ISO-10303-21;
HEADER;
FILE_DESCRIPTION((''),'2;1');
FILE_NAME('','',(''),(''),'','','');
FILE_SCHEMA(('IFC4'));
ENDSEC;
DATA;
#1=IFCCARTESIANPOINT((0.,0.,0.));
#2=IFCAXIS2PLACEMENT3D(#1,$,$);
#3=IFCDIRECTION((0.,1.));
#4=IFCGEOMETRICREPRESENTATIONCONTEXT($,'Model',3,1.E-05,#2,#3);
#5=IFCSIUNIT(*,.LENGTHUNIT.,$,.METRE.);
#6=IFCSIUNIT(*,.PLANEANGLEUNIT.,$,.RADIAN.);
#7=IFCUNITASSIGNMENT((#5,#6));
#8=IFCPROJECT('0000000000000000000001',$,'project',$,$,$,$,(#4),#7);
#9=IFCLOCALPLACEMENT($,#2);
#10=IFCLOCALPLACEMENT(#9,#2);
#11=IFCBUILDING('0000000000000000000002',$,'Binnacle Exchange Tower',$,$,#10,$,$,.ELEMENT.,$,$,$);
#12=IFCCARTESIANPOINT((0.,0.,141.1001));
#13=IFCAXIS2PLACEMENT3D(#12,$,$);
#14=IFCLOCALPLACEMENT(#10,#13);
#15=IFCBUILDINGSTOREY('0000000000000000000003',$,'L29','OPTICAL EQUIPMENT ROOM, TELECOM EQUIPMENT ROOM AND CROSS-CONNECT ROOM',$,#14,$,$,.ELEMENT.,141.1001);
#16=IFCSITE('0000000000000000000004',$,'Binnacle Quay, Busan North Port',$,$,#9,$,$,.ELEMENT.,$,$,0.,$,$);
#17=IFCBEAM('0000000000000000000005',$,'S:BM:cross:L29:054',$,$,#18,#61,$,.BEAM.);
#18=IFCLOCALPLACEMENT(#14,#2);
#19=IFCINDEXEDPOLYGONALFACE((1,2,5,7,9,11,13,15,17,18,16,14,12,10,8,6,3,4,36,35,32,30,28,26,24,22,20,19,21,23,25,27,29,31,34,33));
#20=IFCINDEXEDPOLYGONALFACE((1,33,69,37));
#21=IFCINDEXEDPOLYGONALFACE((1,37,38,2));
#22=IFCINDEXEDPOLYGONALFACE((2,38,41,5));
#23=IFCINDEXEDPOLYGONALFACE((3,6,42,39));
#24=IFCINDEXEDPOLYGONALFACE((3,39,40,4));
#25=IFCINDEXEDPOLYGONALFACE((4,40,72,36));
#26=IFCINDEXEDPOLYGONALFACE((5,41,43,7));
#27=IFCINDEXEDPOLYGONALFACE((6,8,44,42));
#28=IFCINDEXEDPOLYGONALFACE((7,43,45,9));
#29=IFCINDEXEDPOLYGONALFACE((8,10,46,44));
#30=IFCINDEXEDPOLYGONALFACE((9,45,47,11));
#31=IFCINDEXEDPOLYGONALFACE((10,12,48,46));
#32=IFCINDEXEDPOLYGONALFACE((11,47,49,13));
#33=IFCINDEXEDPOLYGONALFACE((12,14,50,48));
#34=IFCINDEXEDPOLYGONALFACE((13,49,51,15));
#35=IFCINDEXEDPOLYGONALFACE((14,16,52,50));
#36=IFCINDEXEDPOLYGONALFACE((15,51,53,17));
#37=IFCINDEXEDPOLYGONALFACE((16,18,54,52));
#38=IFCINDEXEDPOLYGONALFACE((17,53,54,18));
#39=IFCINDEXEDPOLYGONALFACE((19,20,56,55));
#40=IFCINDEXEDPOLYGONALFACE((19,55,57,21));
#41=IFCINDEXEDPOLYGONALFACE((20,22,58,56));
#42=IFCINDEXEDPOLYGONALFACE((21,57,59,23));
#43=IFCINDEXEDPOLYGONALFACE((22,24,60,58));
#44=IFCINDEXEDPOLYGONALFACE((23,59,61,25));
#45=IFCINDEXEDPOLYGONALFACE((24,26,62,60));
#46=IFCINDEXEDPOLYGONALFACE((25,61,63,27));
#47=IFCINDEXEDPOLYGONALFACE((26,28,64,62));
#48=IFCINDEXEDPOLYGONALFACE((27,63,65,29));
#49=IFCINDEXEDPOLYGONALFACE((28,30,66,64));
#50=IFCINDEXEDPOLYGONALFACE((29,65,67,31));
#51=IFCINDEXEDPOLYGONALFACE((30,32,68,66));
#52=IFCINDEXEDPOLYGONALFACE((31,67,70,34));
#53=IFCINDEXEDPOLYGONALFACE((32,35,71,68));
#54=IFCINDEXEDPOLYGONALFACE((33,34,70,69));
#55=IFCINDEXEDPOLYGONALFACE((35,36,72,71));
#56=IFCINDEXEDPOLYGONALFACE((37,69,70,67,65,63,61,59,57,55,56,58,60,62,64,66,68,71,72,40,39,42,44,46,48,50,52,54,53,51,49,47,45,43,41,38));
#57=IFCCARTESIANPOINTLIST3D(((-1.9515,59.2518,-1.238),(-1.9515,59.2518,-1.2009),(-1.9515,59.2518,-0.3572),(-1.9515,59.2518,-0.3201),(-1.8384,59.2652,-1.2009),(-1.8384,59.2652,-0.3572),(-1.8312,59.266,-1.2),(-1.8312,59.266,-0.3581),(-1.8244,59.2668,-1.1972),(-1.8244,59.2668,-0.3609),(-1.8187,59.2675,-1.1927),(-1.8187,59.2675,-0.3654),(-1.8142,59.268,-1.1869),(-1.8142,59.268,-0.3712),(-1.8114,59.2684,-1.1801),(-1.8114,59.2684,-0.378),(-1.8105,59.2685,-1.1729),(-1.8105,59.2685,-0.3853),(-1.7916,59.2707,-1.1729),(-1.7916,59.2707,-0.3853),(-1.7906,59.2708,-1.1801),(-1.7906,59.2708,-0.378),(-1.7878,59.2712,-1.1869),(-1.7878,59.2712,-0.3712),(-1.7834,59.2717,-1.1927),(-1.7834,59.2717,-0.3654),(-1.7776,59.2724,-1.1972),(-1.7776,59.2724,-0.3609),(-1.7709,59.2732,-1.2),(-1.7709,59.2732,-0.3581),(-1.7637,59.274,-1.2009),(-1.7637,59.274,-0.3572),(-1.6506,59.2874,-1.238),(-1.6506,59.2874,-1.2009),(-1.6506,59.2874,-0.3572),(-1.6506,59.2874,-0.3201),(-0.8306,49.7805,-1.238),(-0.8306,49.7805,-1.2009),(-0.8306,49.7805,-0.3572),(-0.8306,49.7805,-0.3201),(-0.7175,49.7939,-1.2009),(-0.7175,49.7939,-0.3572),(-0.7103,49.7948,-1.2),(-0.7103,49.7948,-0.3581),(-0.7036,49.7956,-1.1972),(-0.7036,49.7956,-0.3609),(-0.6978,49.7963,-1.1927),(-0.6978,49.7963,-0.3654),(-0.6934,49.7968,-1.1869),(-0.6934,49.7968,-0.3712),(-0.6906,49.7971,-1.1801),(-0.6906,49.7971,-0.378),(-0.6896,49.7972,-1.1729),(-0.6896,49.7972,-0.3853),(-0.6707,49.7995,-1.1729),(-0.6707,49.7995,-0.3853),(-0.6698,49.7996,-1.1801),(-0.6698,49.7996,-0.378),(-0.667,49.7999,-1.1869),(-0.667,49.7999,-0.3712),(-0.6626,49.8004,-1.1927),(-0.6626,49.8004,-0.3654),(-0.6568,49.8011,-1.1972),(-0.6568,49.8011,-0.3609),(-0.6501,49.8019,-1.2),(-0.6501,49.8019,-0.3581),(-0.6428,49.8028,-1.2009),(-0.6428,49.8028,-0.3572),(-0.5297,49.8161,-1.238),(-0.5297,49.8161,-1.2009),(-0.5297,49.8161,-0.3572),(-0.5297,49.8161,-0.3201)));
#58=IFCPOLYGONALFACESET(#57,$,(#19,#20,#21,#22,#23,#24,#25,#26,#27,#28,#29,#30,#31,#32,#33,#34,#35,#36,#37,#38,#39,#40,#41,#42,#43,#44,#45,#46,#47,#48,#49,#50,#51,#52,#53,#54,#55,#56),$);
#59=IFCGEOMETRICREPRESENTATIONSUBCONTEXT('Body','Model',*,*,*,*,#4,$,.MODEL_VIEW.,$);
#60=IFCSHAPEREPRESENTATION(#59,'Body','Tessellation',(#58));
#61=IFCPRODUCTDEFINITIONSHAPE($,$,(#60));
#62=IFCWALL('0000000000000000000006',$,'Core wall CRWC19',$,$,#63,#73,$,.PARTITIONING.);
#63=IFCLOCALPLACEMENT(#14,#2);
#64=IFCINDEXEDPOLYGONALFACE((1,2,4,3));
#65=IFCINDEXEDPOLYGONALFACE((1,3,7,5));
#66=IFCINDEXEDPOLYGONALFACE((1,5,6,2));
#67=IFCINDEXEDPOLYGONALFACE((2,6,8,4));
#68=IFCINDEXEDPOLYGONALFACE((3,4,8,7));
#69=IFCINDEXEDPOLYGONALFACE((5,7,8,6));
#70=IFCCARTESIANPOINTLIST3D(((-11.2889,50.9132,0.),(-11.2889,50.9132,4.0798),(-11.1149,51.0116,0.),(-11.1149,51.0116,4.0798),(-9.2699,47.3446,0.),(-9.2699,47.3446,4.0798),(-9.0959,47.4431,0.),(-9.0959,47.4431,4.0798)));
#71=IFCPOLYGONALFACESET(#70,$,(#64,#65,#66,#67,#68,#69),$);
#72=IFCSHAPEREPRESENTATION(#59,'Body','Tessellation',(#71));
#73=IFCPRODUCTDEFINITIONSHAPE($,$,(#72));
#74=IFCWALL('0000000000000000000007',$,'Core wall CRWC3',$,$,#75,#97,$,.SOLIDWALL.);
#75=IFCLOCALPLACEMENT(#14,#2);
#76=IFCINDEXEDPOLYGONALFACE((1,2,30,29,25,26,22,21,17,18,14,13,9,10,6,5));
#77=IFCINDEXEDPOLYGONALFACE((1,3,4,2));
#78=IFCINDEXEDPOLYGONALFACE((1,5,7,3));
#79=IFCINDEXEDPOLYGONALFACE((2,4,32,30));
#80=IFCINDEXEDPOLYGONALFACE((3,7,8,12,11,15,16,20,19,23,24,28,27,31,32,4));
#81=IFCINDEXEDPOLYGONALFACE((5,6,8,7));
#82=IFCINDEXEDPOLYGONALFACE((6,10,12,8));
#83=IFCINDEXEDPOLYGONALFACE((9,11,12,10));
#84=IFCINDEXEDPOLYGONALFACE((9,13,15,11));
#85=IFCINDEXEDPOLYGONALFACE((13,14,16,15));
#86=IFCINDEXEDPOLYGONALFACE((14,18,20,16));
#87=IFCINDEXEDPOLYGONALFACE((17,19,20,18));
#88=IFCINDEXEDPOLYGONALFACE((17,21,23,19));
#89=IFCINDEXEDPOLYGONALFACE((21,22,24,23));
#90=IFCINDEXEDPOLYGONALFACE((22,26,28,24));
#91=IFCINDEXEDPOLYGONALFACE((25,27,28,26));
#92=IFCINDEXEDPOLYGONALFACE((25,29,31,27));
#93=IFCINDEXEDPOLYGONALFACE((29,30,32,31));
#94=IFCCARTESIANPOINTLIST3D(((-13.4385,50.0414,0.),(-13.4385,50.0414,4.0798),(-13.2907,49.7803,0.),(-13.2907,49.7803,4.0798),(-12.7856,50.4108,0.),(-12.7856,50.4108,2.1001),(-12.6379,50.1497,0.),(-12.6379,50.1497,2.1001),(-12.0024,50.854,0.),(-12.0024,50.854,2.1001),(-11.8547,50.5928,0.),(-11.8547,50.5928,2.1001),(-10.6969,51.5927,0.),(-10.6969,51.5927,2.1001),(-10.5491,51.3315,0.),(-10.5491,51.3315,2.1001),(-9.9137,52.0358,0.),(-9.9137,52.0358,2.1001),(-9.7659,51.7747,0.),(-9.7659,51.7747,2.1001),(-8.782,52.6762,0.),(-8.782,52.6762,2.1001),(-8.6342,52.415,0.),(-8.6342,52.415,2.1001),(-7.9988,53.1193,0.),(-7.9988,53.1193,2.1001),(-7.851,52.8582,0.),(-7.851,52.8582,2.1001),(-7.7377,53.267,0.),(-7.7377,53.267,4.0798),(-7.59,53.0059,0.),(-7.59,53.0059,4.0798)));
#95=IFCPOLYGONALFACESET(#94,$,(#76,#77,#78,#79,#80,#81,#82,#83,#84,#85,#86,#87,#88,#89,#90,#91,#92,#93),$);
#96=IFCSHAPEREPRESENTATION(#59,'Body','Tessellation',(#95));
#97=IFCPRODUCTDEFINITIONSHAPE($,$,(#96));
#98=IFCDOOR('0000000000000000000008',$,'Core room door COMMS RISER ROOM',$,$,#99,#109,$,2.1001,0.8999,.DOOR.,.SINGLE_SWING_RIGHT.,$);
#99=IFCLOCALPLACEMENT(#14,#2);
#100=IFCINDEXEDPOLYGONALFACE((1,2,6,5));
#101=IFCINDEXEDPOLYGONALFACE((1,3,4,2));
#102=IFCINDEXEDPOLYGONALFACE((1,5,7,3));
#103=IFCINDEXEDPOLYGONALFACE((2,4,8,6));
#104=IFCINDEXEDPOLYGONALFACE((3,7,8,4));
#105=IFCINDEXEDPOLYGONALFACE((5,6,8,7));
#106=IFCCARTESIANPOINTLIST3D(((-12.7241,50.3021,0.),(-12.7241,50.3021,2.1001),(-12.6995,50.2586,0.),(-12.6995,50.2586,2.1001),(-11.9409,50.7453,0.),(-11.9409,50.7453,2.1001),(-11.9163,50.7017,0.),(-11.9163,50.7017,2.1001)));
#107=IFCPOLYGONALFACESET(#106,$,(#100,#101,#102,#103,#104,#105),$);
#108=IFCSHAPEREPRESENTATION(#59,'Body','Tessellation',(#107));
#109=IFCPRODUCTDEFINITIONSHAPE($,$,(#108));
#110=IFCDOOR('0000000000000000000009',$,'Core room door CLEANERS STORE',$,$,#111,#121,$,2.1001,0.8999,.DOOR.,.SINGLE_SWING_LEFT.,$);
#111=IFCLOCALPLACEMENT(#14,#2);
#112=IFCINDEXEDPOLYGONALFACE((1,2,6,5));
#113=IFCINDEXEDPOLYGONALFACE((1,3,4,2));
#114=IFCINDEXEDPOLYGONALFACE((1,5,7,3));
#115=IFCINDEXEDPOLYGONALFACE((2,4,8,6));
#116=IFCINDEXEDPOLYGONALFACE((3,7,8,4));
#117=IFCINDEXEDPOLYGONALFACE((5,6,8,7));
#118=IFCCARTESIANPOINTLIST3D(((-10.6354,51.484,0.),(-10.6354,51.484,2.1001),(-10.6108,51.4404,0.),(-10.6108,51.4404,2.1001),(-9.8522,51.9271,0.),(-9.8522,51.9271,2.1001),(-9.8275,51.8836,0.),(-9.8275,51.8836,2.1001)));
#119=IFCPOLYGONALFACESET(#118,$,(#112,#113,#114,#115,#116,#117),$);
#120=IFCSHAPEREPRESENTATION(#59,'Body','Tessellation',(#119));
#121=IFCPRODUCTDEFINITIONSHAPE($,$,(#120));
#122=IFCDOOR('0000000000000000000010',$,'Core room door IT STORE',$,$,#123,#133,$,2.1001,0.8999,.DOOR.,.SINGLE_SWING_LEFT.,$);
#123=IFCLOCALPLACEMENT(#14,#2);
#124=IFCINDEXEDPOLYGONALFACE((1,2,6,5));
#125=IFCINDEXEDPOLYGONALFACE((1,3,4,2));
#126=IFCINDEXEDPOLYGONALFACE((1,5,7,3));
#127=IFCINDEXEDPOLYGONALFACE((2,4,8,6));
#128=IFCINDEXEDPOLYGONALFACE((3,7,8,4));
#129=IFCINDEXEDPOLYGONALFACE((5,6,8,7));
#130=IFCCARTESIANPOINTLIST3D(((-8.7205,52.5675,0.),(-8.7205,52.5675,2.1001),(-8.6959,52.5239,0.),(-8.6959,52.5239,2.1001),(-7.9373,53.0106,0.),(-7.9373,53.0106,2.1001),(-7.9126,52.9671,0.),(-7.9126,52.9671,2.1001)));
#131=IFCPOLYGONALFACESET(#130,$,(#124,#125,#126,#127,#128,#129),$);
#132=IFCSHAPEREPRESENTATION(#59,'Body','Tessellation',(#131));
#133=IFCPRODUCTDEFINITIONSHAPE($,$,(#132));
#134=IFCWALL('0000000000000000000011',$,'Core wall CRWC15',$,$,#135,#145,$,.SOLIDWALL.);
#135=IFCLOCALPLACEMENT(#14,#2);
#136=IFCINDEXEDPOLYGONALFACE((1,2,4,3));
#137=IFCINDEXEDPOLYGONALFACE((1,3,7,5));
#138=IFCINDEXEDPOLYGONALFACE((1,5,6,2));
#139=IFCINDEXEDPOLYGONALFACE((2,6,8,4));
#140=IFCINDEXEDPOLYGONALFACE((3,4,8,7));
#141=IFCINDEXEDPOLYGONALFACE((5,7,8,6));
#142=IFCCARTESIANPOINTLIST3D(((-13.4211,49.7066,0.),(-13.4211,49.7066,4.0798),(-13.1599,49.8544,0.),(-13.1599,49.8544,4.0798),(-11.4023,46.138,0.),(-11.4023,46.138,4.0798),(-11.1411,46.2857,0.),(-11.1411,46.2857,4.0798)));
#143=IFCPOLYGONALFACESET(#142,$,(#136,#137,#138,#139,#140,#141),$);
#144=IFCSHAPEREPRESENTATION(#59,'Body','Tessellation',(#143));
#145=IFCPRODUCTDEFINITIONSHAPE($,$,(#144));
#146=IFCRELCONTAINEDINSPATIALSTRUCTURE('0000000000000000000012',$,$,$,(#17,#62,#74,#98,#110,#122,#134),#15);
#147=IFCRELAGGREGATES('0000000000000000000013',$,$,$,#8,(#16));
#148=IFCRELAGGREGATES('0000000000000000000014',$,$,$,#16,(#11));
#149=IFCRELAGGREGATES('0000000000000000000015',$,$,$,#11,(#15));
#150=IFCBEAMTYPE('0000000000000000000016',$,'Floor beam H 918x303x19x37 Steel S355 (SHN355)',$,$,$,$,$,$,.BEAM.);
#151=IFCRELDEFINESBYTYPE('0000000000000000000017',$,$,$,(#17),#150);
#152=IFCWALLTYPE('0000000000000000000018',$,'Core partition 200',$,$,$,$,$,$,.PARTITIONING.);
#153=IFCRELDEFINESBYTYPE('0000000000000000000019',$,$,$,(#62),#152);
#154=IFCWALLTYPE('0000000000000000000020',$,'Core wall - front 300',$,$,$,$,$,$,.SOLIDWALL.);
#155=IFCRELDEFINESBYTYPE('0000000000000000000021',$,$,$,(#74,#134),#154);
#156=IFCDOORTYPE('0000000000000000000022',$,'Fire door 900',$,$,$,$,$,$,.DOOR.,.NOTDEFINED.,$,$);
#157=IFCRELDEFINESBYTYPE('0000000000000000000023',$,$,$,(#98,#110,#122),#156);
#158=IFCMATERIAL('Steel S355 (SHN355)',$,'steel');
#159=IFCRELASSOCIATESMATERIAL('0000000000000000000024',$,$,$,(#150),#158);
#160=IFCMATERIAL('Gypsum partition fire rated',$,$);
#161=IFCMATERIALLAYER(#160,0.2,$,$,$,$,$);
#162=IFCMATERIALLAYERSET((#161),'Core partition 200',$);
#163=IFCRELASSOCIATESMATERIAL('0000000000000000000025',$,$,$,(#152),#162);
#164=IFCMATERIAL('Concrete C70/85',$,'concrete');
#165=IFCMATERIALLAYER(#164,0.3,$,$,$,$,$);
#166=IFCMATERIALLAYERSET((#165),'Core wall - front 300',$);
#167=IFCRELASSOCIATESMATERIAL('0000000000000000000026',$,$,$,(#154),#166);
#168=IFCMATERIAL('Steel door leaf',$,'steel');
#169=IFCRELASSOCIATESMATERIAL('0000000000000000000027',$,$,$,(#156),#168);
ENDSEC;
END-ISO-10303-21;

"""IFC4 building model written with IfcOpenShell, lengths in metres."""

from ifc_helpers import new_model, si_unit, direction, frame, frame_2d, origin, origin_2d, place, context, subcontext, project, spatial, rectangle, i_section, extrude, material, layer, layer_set, material_profile, profile_set, type_object, element, fill, save


model = new_model("IFC4")

# Units and contexts
model_context = context("Model", 3, precision=1e-05, world=origin(), true_north=direction((0.0, 1.0)))
body_context = subcontext(model_context, "Body", "Model", "MODEL_VIEW")
ifc_project = project(units=[si_unit("LENGTHUNIT", "METRE"), si_unit("PLANEANGLEUNIT", "RADIAN")], contexts=[model_context])

# Site, building, storey
site_placement = place(None, origin())
site = spatial("IfcSite", under=ifc_project, at=site_placement, Name="Binnacle Quay, Busan North Port", CompositionType="ELEMENT", RefElevation=0.0)
building_placement = place(site_placement, origin())
building = spatial("IfcBuilding", under=site, at=building_placement, Name="Binnacle Exchange Tower", CompositionType="ELEMENT")
storey_placement = place(building_placement, frame((0.0, 0.0, 141.1001)))
storey = spatial("IfcBuildingStorey", under=building, at=storey_placement, Name="L29", Description="OPTICAL EQUIPMENT ROOM, TELECOM EQUIPMENT ROOM AND CROSS-CONNECT ROOM", CompositionType="ELEMENT", Elevation=141.1001)

# Shared definitions
ifc_material_1 = material(Name="Concrete C70/85", Category="concrete")

# Beam
ifc_material_2 = material(Name="Steel S355 (SHN355)", Category="steel")
ifc_material_profile_1 = material_profile(ifc_material_2, i_section(OverallWidth=0.303, OverallDepth=0.918, WebThickness=0.019, FlangeThickness=0.0371, FilletRadius=0.0281, at=origin_2d()), Name="H 918x303x19x37")
ifc_profile_set_1 = profile_set([ifc_material_profile_1], Name="Steel S355 (SHN355)")
beam_type_1 = type_object("IfcBeamType", Name="Floor beam H 918x303x19x37 Steel S355 (SHN355)", PredefinedType="BEAM", material=ifc_profile_set_1)
beam_1_placement = place(storey_placement, frame((-0.6802, 49.7983, -0.7791), z_axis=(-0.117523, 0.99307, 0.0), x_axis=(-0.99307, -0.117523, 0.0)))
element("IfcBeam", 1, at=beam_1_placement, inside=storey, type_object=beam_type_1, Name="S:BM:cross:L29:054", PredefinedType="BEAM", context=body_context, shape_type="SweptSolid", body=[
    extrude(i_section(OverallWidth=0.303, OverallDepth=0.918, WebThickness=0.019, FlangeThickness=0.0371, FilletRadius=0.0281, at=origin_2d()), origin(), (0.0, 0.0, 1.0), 9.5374),
])

# Wall
ifc_material_3 = material(Name="Gypsum partition fire rated")
ifc_layer_1 = layer(ifc_material_3, 0.2)
ifc_layer_set_1 = layer_set([ifc_layer_1], Name="Core partition 200")
wall_type_1 = type_object("IfcWallType", Name="Core partition 200", PredefinedType="PARTITIONING", material=ifc_layer_set_1)
wall_1_placement = place(storey_placement, frame((-11.2019, 50.9624, 0.0), z_axis=(0.0, 0.0, 1.0), x_axis=(0.492428, -0.870353, 0.0)))
element("IfcWall", 2, at=wall_1_placement, inside=storey, type_object=wall_type_1, Name="Core wall CRWC19", PredefinedType="PARTITIONING", context=body_context, shape_type="SweptSolid", body=[
    extrude(rectangle(XDim=4.1001, YDim=0.2, at=frame_2d((2.05, 0.0))), origin(), (0.0, 0.0, 1.0), 4.0798),
])

# Wall, openings, doors
ifc_layer_2 = layer(ifc_material_1, 0.3)
ifc_layer_set_2 = layer_set([ifc_layer_2], Name="Core wall - front 300")
wall_type_2 = type_object("IfcWallType", Name="Core wall - front 300", PredefinedType="SOLIDWALL", material=ifc_layer_set_2)
wall_2_placement = place(storey_placement, frame((-13.3645, 49.9109, 0.0), z_axis=(0.0, 0.0, 1.0), x_axis=(0.870336, 0.492458, 0.0)))
wall_2 = element("IfcWall", 3, at=wall_2_placement, inside=storey, type_object=wall_type_2, Name="Core wall CRWC3", PredefinedType="SOLIDWALL", context=body_context, shape_type="SweptSolid", body=[
    extrude(rectangle(XDim=6.55, YDim=0.3, at=frame_2d((3.2749, 0.0))), origin(), (0.0, 0.0, 1.0), 4.0798),
])
opening_1_placement = place(wall_2_placement, frame((0.75, 0.0, 0.0)))
opening_1 = element("IfcOpeningElement", 4, at=opening_1_placement, cuts=wall_2, PredefinedType="OPENING", context=body_context, shape_type="SweptSolid", body=[
    extrude(rectangle(XDim=0.8999, YDim=2.1001, at=frame_2d((0.45, 1.05))), frame((0.0, 0.1599, 0.0), z_axis=(0.0, -1.0, 0.0), x_axis=(1.0, 0.0, 0.0)), (0.0, 0.0, 1.0), 0.3201),
])
opening_2_placement = place(wall_2_placement, frame((3.1499, 0.0, 0.0)))
opening_2 = element("IfcOpeningElement", 5, at=opening_2_placement, cuts=wall_2, PredefinedType="OPENING", context=body_context, shape_type="SweptSolid", body=[
    extrude(rectangle(XDim=0.8999, YDim=2.1001, at=frame_2d((0.45, 1.05))), frame((0.0, 0.1599, 0.0), z_axis=(0.0, -1.0, 0.0), x_axis=(1.0, 0.0, 0.0)), (0.0, 0.0, 1.0), 0.3201),
])
opening_3_placement = place(wall_2_placement, frame((5.3501, 0.0, 0.0)))
opening_3 = element("IfcOpeningElement", 6, at=opening_3_placement, cuts=wall_2, PredefinedType="OPENING", context=body_context, shape_type="SweptSolid", body=[
    extrude(rectangle(XDim=0.8999, YDim=2.1001, at=frame_2d((0.45, 1.05))), frame((0.0, 0.1599, 0.0), z_axis=(0.0, -1.0, 0.0), x_axis=(1.0, 0.0, 0.0)), (0.0, 0.0, 1.0), 0.3201),
])
ifc_material_4 = material(Name="Steel door leaf", Category="steel")
door_type = type_object("IfcDoorType", Name="Fire door 900", OperationType="NOTDEFINED", PredefinedType="DOOR", material=ifc_material_4)
door_1_placement = place(opening_1_placement, frame((0.8999, 0.0, 0.0), z_axis=(0.0, 0.0, 1.0), x_axis=(-1.0, 0.0, 0.0)))
door_1 = element("IfcDoor", 7, at=door_1_placement, inside=storey, type_object=door_type, Name="Core room door COMMS RISER ROOM", OperationType="SINGLE_SWING_RIGHT", OverallHeight=2.1001, OverallWidth=0.8999, PredefinedType="DOOR", context=body_context, shape_type="SweptSolid", body=[
    extrude(rectangle(XDim=0.8999, YDim=2.1001, at=frame_2d((0.45, 1.05))), frame((0.0, 0.0249, 0.0), z_axis=(0.0, -1.0, 0.0), x_axis=(1.0, 0.0, 0.0)), (0.0, 0.0, 1.0), 0.05),
])
fill(opening_1, door_1)
door_2_placement = place(opening_2_placement, frame((0.8999, 0.0, 0.0), z_axis=(0.0, 0.0, 1.0), x_axis=(-1.0, 0.0, 0.0)))
door_2 = element("IfcDoor", 8, at=door_2_placement, inside=storey, type_object=door_type, Name="Core room door CLEANERS STORE", OperationType="SINGLE_SWING_LEFT", OverallHeight=2.1001, OverallWidth=0.8999, PredefinedType="DOOR", context=body_context, shape_type="SweptSolid", body=[
    extrude(rectangle(XDim=0.8999, YDim=2.1001, at=frame_2d((0.45, 1.05))), frame((0.0, 0.0249, 0.0), z_axis=(0.0, -1.0, 0.0), x_axis=(1.0, 0.0, 0.0)), (0.0, 0.0, 1.0), 0.05),
])
fill(opening_2, door_2)
door_3_placement = place(opening_3_placement, frame((0.8999, 0.0, 0.0), z_axis=(0.0, 0.0, 1.0), x_axis=(-1.0, 0.0, 0.0)))
door_3 = element("IfcDoor", 9, at=door_3_placement, inside=storey, type_object=door_type, Name="Core room door IT STORE", OperationType="SINGLE_SWING_LEFT", OverallHeight=2.1001, OverallWidth=0.8999, PredefinedType="DOOR", context=body_context, shape_type="SweptSolid", body=[
    extrude(rectangle(XDim=0.8999, YDim=2.1001, at=frame_2d((0.45, 1.05))), frame((0.0, 0.0249, 0.0), z_axis=(0.0, -1.0, 0.0), x_axis=(1.0, 0.0, 0.0)), (0.0, 0.0, 1.0), 0.05),
])
fill(opening_3, door_3)

# Wall
wall_3_placement = place(storey_placement, frame((-13.2905, 49.7805, 0.0), z_axis=(0.0, 0.0, 1.0), x_axis=(0.492383, -0.870379, 0.0)))
element("IfcWall", 10, at=wall_3_placement, inside=storey, type_object=wall_type_2, Name="Core wall CRWC15", PredefinedType="SOLIDWALL", context=body_context, shape_type="SweptSolid", body=[
    extrude(rectangle(XDim=4.1001, YDim=0.3, at=frame_2d((2.05, 0.0))), origin(), (0.0, 0.0, 1.0), 4.0798),
])

save(model, "model.ifc")
